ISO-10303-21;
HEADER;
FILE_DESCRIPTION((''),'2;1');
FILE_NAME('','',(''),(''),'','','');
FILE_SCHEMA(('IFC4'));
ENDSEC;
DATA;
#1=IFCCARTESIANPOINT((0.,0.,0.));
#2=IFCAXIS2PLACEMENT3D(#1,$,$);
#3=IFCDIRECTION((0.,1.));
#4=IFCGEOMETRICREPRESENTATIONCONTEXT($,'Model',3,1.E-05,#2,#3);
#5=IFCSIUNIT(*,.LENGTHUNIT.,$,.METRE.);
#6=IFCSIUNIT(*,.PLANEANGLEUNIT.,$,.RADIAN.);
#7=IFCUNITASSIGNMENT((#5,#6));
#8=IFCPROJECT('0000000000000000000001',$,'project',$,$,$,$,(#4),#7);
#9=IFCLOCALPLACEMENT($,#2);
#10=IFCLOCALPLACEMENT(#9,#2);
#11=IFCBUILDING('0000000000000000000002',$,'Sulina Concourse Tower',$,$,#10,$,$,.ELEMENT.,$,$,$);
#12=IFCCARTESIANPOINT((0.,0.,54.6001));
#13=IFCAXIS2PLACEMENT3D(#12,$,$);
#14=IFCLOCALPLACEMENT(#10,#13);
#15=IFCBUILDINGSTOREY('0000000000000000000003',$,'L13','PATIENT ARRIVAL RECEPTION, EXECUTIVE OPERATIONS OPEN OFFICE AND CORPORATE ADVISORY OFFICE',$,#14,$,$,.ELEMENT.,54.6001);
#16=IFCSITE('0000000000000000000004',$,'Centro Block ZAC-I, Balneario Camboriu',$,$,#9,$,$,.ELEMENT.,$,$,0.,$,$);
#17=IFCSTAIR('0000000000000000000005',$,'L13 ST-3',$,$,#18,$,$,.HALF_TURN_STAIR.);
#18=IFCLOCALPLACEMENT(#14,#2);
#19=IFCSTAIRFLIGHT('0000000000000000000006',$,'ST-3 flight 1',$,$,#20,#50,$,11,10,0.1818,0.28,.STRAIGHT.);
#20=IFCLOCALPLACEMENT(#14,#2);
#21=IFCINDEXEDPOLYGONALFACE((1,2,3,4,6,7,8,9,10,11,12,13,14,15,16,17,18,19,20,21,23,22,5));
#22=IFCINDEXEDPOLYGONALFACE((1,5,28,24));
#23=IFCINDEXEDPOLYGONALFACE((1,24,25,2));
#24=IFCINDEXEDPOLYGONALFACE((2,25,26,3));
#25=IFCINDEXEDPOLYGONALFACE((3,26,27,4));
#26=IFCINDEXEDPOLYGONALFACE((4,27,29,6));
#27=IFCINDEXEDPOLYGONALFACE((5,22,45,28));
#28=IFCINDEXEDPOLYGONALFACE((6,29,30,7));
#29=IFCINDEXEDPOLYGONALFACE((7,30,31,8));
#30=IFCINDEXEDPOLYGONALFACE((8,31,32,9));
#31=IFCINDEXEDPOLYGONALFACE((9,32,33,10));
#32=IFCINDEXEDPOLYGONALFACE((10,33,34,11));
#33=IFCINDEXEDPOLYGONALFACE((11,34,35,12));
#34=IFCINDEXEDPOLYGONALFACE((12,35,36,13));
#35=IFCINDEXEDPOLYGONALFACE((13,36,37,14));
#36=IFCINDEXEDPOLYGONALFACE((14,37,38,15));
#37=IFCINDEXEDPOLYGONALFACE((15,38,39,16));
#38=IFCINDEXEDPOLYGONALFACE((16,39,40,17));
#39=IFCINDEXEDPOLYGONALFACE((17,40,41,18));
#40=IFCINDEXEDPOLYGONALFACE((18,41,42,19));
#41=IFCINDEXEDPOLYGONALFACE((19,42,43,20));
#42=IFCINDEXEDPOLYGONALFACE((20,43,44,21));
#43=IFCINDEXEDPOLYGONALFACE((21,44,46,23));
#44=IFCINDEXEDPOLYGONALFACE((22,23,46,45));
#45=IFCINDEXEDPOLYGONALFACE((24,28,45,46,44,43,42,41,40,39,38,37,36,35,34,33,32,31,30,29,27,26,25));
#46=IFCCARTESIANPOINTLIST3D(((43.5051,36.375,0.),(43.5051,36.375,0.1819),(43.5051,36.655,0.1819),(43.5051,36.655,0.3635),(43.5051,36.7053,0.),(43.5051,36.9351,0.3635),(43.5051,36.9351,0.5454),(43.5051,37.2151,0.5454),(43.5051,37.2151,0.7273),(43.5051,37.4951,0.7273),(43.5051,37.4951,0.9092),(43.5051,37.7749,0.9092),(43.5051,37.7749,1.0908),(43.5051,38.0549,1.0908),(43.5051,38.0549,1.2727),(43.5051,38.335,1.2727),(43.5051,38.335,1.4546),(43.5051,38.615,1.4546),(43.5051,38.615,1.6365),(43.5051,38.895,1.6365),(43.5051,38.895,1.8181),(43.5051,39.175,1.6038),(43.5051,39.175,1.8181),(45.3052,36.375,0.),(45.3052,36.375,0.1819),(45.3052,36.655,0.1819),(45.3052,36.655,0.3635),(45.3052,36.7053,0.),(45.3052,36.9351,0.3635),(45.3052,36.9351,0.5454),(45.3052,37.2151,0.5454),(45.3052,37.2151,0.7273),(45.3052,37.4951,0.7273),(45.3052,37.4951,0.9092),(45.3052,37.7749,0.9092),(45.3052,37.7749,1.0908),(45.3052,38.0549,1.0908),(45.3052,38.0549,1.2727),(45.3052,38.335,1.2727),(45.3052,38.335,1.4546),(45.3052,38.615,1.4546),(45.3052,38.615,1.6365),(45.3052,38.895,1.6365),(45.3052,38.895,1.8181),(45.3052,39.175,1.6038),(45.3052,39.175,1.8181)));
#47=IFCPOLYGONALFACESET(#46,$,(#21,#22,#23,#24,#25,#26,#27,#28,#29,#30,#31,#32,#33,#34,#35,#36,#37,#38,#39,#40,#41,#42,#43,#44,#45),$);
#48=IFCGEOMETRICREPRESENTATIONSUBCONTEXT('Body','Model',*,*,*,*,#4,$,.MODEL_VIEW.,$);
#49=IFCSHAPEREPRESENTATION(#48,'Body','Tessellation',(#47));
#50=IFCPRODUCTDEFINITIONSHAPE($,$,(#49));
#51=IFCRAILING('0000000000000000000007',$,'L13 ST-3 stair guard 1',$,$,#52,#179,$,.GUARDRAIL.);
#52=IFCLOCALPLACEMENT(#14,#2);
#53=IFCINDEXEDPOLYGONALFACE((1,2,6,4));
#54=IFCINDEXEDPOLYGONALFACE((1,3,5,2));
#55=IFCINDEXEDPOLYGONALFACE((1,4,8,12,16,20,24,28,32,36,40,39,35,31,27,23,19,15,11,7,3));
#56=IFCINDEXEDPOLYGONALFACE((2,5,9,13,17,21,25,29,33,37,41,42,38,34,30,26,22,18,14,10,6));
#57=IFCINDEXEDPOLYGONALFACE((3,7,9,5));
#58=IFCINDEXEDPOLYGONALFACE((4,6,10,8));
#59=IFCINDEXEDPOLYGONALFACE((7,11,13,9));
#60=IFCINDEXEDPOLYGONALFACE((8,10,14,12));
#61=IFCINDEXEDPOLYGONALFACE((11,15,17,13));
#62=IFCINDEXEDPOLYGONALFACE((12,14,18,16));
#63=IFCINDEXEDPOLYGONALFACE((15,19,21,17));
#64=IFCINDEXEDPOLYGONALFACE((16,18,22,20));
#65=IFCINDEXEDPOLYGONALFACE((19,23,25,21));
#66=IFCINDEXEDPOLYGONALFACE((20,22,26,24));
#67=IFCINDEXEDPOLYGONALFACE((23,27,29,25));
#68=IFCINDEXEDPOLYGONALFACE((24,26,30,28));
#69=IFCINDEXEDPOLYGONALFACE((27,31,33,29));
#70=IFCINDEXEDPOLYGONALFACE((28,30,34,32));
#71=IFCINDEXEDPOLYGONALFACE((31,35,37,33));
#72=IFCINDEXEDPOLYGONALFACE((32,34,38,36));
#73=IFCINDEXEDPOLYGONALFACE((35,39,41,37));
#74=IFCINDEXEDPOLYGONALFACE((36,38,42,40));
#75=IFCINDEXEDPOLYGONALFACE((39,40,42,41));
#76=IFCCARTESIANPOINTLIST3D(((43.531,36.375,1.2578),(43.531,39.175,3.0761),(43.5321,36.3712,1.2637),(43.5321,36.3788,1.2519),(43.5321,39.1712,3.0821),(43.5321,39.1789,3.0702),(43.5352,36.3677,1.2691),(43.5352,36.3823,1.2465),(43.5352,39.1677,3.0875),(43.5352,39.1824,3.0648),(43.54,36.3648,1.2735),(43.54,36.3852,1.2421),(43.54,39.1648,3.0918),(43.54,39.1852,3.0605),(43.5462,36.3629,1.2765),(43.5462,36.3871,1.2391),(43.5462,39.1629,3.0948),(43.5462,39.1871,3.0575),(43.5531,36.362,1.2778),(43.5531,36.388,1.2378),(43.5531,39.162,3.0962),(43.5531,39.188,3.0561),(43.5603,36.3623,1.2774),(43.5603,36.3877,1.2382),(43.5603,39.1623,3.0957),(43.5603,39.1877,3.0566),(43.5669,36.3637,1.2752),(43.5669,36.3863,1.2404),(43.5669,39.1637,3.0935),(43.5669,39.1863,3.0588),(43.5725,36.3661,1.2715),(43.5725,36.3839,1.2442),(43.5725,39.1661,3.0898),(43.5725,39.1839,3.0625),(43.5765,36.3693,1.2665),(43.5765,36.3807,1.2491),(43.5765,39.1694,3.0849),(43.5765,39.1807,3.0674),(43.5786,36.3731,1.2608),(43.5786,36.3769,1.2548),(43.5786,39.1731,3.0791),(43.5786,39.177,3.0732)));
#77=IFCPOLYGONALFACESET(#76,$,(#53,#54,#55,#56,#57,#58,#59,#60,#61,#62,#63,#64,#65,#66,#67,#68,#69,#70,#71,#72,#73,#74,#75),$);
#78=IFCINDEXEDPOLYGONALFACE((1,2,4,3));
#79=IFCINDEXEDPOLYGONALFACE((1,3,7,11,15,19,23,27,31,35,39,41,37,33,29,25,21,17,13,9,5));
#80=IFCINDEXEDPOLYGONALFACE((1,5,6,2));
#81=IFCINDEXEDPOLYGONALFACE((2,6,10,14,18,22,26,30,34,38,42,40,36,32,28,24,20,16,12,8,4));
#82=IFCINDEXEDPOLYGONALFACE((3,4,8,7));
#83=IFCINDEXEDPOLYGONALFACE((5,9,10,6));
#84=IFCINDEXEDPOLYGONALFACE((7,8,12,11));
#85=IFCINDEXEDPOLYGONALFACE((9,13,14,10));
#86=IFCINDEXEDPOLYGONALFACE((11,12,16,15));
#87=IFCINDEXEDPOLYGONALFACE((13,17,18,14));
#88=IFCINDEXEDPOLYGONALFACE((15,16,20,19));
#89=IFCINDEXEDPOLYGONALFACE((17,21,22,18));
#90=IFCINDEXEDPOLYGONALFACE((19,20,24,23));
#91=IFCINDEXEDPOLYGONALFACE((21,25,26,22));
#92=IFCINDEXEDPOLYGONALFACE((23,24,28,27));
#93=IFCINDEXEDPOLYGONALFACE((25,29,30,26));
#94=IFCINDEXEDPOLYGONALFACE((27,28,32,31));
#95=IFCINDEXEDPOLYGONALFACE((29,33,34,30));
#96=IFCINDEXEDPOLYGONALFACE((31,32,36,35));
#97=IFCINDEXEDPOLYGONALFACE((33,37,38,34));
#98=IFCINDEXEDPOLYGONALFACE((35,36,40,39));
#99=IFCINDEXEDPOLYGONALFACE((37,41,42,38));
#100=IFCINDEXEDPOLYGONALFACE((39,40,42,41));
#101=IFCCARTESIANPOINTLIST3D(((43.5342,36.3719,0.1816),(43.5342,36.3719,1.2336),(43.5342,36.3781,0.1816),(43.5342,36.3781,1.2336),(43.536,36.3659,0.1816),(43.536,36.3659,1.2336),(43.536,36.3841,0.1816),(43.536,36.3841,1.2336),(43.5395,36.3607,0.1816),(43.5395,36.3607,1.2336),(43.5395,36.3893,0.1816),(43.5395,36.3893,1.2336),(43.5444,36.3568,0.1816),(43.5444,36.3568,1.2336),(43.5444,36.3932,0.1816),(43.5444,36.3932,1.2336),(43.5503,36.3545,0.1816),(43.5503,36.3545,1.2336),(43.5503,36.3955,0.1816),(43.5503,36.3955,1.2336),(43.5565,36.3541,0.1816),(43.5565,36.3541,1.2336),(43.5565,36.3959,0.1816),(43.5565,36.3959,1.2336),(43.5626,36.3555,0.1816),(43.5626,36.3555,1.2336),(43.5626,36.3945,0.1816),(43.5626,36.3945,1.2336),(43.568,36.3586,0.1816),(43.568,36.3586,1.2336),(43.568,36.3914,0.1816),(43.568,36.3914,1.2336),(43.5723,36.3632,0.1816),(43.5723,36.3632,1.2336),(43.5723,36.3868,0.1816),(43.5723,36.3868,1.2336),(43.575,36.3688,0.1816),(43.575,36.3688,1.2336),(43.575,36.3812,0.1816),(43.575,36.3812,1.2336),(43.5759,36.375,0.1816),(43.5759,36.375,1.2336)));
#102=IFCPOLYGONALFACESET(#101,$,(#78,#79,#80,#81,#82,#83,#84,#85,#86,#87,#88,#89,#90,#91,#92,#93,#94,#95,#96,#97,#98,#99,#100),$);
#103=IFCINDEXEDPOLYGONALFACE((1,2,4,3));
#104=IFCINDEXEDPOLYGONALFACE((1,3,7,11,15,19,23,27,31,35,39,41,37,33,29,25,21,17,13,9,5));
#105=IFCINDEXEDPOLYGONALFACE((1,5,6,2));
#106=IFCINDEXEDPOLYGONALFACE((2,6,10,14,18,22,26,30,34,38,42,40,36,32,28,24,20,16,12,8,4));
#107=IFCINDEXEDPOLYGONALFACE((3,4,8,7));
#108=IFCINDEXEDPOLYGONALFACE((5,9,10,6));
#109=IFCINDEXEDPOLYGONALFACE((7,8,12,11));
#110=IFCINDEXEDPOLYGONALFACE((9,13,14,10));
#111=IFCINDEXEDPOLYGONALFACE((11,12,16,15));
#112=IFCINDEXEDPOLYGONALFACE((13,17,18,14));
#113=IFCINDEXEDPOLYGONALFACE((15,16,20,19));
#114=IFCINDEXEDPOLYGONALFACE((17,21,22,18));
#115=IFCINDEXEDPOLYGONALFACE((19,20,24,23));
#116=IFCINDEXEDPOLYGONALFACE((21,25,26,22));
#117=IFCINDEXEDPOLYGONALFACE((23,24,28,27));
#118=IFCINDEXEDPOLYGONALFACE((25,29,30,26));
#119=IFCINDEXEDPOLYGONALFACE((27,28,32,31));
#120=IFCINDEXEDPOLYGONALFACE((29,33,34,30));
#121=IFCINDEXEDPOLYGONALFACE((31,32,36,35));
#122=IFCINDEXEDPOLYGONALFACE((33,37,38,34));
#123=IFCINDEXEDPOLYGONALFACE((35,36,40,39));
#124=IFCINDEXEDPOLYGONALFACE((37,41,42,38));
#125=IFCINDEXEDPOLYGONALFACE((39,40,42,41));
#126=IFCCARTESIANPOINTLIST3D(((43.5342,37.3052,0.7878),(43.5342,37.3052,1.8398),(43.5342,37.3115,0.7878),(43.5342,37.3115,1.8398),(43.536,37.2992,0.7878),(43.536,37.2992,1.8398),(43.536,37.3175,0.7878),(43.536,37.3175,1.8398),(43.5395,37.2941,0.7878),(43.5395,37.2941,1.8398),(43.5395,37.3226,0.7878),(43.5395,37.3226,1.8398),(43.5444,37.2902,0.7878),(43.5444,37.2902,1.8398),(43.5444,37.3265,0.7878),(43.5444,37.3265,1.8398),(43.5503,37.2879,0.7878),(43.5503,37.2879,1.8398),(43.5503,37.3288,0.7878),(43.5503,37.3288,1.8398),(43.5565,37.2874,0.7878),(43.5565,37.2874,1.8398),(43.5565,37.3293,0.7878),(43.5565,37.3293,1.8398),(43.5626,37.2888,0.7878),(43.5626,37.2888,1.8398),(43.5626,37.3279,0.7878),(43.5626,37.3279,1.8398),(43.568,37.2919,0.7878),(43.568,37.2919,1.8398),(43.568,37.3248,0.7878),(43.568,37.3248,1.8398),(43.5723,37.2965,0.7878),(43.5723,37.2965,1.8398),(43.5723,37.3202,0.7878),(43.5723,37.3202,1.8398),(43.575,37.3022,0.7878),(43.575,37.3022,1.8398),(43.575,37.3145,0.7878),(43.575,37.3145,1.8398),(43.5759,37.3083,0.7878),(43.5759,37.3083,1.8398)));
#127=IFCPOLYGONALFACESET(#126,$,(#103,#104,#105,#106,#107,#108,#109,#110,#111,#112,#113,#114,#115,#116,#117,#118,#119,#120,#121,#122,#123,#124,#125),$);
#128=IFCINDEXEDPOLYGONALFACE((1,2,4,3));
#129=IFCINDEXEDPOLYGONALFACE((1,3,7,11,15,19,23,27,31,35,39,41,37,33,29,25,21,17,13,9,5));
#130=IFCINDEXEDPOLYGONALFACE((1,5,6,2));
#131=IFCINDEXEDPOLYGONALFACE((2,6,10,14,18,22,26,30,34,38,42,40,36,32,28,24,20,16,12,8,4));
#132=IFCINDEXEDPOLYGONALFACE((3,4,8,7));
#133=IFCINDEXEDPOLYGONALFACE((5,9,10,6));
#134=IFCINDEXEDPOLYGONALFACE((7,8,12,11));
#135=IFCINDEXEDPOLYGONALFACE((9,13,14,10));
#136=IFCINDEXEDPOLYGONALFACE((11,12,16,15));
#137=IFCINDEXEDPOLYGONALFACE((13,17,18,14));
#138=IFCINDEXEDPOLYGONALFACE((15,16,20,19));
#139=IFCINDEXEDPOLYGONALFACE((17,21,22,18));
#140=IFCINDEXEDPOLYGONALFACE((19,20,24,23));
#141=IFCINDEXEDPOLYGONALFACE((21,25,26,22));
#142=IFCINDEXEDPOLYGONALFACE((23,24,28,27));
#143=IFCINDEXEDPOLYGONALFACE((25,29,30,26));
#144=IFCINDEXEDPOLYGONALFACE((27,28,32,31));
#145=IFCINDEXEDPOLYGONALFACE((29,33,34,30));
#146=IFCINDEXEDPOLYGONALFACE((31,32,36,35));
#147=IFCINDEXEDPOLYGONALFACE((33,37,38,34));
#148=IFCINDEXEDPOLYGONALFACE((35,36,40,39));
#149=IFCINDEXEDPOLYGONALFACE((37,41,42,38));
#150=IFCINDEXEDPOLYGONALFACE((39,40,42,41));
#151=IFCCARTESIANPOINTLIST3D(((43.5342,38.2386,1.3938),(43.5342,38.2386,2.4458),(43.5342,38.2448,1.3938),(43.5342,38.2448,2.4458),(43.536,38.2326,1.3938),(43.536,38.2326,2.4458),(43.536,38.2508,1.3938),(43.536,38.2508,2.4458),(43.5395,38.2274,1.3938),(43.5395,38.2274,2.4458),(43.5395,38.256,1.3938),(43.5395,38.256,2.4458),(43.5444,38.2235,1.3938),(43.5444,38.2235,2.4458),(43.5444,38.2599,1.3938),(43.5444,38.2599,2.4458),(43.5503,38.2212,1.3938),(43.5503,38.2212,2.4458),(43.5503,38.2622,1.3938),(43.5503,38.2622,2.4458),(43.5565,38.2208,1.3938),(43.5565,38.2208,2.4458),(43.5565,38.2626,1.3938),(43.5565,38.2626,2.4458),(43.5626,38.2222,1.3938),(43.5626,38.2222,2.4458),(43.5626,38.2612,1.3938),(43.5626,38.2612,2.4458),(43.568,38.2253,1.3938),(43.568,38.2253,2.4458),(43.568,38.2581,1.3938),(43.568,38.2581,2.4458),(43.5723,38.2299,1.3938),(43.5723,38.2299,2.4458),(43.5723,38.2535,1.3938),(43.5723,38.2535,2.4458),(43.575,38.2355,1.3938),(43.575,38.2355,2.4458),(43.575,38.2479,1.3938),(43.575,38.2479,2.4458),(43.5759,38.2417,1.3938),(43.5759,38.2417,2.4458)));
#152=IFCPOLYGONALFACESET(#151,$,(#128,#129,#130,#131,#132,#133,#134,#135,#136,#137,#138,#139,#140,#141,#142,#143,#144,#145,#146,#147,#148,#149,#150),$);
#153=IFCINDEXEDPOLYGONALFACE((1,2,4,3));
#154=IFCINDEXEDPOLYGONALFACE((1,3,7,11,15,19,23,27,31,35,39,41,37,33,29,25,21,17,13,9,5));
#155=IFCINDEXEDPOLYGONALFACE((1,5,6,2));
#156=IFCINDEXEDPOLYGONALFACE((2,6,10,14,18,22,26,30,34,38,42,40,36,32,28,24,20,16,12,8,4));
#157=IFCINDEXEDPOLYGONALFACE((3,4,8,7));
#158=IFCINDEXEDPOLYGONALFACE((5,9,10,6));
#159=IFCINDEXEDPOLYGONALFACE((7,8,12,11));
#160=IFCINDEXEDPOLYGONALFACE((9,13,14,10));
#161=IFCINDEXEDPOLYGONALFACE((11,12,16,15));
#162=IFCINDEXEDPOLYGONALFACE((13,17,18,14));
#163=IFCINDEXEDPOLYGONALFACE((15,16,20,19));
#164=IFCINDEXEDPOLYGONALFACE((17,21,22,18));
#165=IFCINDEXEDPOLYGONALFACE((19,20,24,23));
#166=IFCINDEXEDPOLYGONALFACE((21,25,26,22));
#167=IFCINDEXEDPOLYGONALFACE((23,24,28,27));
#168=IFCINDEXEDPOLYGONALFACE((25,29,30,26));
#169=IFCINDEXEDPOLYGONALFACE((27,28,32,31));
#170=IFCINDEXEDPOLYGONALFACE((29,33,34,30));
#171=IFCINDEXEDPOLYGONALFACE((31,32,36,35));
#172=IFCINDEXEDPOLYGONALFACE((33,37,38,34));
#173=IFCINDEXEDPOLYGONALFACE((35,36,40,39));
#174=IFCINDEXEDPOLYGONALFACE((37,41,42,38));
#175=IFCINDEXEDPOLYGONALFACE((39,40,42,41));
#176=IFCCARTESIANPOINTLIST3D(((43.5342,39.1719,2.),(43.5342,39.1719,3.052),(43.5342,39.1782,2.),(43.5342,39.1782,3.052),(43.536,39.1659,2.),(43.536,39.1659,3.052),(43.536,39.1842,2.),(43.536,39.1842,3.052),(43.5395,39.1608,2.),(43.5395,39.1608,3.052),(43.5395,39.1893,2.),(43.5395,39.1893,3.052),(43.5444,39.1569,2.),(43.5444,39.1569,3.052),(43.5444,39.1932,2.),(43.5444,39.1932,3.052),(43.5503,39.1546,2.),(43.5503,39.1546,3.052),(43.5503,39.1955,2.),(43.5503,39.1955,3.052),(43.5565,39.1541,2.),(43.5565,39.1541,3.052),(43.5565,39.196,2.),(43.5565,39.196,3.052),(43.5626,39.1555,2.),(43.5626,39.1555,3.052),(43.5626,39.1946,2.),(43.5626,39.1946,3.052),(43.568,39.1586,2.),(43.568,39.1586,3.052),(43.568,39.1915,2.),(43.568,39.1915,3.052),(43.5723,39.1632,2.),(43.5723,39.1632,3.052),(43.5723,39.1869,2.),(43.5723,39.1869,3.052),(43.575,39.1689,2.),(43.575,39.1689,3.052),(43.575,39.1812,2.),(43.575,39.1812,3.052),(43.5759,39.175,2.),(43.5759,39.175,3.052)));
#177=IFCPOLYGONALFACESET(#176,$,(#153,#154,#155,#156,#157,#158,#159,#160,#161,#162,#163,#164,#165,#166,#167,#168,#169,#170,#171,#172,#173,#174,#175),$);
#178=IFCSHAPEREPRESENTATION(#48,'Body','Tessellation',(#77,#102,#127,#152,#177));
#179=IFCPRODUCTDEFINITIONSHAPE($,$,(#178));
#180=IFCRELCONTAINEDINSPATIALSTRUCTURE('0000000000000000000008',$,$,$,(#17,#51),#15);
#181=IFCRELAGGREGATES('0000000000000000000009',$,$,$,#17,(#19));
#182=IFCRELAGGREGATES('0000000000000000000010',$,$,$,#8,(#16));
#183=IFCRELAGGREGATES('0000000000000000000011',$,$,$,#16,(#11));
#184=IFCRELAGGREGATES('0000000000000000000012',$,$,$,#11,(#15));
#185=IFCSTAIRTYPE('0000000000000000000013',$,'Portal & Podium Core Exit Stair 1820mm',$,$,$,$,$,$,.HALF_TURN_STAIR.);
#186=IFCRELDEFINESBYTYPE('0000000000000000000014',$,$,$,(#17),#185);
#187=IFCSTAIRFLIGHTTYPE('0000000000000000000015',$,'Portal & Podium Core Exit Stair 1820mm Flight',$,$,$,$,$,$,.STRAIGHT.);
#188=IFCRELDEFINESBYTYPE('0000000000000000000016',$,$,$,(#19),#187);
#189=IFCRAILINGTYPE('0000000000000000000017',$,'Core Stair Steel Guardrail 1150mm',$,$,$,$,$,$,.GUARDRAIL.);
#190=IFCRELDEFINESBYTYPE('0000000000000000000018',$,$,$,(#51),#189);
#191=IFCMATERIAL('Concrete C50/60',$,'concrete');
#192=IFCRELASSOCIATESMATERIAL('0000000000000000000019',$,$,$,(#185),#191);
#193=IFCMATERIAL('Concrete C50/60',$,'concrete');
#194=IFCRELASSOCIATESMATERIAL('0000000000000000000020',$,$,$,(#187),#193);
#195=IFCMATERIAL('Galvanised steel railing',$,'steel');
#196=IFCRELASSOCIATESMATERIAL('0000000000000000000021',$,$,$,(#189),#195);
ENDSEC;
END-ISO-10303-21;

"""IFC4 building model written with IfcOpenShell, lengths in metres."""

from ifc_helpers import new_model, si_unit, direction, frame, origin, origin_2d, place, context, subcontext, project, spatial, polyline, circle, outline, extrude, material, type_object, element, aggregate, save


model = new_model("IFC4")

# Units and contexts
model_context = context("Model", 3, precision=1e-05, world=origin(), true_north=direction((0.0, 1.0)))
body_context = subcontext(model_context, "Body", "Model", "MODEL_VIEW")
ifc_project = project(units=[si_unit("LENGTHUNIT", "METRE"), si_unit("PLANEANGLEUNIT", "RADIAN")], contexts=[model_context])

# Site, building, storey
site_placement = place(None, origin())
site = spatial("IfcSite", under=ifc_project, at=site_placement, Name="Centro Block ZAC-I, Balneario Camboriu", CompositionType="ELEMENT", RefElevation=0.0)
building_placement = place(site_placement, origin())
building = spatial("IfcBuilding", under=site, at=building_placement, Name="Sulina Concourse Tower", CompositionType="ELEMENT")
storey_placement = place(building_placement, frame((0.0, 0.0, 54.6001)))
storey = spatial("IfcBuildingStorey", under=building, at=storey_placement, Name="L13", Description="PATIENT ARRIVAL RECEPTION, EXECUTIVE OPERATIONS OPEN OFFICE AND CORPORATE ADVISORY OFFICE", CompositionType="ELEMENT", Elevation=54.6001)

# Stair, stair flight
ifc_material_1 = material(Name="Concrete C50/60", Category="concrete")
stair_type = type_object("IfcStairType", Name="Portal & Podium Core Exit Stair 1820mm", PredefinedType="HALF_TURN_STAIR", material=ifc_material_1)
stair_placement = place(storey_placement, origin())
stair = element("IfcStair", 1, at=stair_placement, inside=storey, type_object=stair_type, Name="L13 ST-3", PredefinedType="HALF_TURN_STAIR")
ifc_material_2 = material(Name="Concrete C50/60", Category="concrete")
stair_flight_type = type_object("IfcStairFlightType", Name="Portal & Podium Core Exit Stair 1820mm Flight", PredefinedType="STRAIGHT", material=ifc_material_2)
stair_flight_placement = place(storey_placement, frame((44.405, 36.375, 0.0), z_axis=(0.0, 0.0, 1.0), x_axis=(0.0, 1.0, 0.0)))
stair_flight = element("IfcStairFlight", 2, at=stair_flight_placement, type_object=stair_flight_type, Name="ST-3 flight 1", NumberOfRisers=11, NumberOfTreads=10, PredefinedType="STRAIGHT", RiserHeight=0.1818, TreadLength=0.28, context=body_context, shape_type="SweptSolid", body=[
    extrude(outline(polyline([(0.0, 0.0), (0.0, 0.1819), (0.28, 0.1819), (0.28, 0.3635), (0.5601, 0.3635), (0.5601, 0.5454), (0.8401, 0.5454), (0.8401, 0.7273), (1.1201, 0.7273), (1.1201, 0.9092), (1.3999, 0.9092), (1.3999, 1.0908), (1.6799, 1.0908), (1.6799, 1.2727), (1.96, 1.2727), (1.96, 1.4546), (2.24, 1.4546), (2.24, 1.6365), (2.52, 1.6365), (2.52, 1.8181), (2.8, 1.8181), (2.8, 2.0), (2.8, 1.6038), (0.3303, 0.0), (0.0, 0.0)])), frame((0.0, 0.8999, 0.0), z_axis=(0.0, -1.0, 0.0), x_axis=(1.0, 0.0, 0.0)), (0.0, 0.0, 1.0), 1.8),
])
aggregate(stair, [stair_flight])

# Railing
ifc_material_3 = material(Name="Galvanised steel railing", Category="steel")
railing_type = type_object("IfcRailingType", Name="Core Stair Steel Guardrail 1150mm", PredefinedType="GUARDRAIL", material=ifc_material_3)
railing_1_placement = place(storey_placement, frame((43.5549, 36.375, 0.1816)))
element("IfcRailing", 3, at=railing_1_placement, inside=storey, type_object=railing_type, Name="L13 ST-3 stair guard 1", PredefinedType="GUARDRAIL", context=body_context, shape_type="SweptSolid", body=[
    extrude(circle(Radius=0.0239, at=origin_2d()), frame((0.0, 0.0, 1.0762), z_axis=(0.0, 0.838672, 0.544636), x_axis=(-1.0, 0.0, 0.0)), (0.0, 0.0, 1.0), 3.3386),
    extrude(circle(Radius=0.021, at=origin_2d()), origin(), (0.0, 0.0, 1.0), 1.052),
    extrude(circle(Radius=0.021, at=origin_2d()), frame((0.0, 0.9333, 0.6062)), (0.0, 0.0, 1.0), 1.052),
    extrude(circle(Radius=0.021, at=origin_2d()), frame((0.0, 1.8667, 1.2122)), (0.0, 0.0, 1.0), 1.052),
    extrude(circle(Radius=0.021, at=origin_2d()), frame((0.0, 2.8, 1.8184)), (0.0, 0.0, 1.0), 1.052),
])

save(model, "model.ifc")
